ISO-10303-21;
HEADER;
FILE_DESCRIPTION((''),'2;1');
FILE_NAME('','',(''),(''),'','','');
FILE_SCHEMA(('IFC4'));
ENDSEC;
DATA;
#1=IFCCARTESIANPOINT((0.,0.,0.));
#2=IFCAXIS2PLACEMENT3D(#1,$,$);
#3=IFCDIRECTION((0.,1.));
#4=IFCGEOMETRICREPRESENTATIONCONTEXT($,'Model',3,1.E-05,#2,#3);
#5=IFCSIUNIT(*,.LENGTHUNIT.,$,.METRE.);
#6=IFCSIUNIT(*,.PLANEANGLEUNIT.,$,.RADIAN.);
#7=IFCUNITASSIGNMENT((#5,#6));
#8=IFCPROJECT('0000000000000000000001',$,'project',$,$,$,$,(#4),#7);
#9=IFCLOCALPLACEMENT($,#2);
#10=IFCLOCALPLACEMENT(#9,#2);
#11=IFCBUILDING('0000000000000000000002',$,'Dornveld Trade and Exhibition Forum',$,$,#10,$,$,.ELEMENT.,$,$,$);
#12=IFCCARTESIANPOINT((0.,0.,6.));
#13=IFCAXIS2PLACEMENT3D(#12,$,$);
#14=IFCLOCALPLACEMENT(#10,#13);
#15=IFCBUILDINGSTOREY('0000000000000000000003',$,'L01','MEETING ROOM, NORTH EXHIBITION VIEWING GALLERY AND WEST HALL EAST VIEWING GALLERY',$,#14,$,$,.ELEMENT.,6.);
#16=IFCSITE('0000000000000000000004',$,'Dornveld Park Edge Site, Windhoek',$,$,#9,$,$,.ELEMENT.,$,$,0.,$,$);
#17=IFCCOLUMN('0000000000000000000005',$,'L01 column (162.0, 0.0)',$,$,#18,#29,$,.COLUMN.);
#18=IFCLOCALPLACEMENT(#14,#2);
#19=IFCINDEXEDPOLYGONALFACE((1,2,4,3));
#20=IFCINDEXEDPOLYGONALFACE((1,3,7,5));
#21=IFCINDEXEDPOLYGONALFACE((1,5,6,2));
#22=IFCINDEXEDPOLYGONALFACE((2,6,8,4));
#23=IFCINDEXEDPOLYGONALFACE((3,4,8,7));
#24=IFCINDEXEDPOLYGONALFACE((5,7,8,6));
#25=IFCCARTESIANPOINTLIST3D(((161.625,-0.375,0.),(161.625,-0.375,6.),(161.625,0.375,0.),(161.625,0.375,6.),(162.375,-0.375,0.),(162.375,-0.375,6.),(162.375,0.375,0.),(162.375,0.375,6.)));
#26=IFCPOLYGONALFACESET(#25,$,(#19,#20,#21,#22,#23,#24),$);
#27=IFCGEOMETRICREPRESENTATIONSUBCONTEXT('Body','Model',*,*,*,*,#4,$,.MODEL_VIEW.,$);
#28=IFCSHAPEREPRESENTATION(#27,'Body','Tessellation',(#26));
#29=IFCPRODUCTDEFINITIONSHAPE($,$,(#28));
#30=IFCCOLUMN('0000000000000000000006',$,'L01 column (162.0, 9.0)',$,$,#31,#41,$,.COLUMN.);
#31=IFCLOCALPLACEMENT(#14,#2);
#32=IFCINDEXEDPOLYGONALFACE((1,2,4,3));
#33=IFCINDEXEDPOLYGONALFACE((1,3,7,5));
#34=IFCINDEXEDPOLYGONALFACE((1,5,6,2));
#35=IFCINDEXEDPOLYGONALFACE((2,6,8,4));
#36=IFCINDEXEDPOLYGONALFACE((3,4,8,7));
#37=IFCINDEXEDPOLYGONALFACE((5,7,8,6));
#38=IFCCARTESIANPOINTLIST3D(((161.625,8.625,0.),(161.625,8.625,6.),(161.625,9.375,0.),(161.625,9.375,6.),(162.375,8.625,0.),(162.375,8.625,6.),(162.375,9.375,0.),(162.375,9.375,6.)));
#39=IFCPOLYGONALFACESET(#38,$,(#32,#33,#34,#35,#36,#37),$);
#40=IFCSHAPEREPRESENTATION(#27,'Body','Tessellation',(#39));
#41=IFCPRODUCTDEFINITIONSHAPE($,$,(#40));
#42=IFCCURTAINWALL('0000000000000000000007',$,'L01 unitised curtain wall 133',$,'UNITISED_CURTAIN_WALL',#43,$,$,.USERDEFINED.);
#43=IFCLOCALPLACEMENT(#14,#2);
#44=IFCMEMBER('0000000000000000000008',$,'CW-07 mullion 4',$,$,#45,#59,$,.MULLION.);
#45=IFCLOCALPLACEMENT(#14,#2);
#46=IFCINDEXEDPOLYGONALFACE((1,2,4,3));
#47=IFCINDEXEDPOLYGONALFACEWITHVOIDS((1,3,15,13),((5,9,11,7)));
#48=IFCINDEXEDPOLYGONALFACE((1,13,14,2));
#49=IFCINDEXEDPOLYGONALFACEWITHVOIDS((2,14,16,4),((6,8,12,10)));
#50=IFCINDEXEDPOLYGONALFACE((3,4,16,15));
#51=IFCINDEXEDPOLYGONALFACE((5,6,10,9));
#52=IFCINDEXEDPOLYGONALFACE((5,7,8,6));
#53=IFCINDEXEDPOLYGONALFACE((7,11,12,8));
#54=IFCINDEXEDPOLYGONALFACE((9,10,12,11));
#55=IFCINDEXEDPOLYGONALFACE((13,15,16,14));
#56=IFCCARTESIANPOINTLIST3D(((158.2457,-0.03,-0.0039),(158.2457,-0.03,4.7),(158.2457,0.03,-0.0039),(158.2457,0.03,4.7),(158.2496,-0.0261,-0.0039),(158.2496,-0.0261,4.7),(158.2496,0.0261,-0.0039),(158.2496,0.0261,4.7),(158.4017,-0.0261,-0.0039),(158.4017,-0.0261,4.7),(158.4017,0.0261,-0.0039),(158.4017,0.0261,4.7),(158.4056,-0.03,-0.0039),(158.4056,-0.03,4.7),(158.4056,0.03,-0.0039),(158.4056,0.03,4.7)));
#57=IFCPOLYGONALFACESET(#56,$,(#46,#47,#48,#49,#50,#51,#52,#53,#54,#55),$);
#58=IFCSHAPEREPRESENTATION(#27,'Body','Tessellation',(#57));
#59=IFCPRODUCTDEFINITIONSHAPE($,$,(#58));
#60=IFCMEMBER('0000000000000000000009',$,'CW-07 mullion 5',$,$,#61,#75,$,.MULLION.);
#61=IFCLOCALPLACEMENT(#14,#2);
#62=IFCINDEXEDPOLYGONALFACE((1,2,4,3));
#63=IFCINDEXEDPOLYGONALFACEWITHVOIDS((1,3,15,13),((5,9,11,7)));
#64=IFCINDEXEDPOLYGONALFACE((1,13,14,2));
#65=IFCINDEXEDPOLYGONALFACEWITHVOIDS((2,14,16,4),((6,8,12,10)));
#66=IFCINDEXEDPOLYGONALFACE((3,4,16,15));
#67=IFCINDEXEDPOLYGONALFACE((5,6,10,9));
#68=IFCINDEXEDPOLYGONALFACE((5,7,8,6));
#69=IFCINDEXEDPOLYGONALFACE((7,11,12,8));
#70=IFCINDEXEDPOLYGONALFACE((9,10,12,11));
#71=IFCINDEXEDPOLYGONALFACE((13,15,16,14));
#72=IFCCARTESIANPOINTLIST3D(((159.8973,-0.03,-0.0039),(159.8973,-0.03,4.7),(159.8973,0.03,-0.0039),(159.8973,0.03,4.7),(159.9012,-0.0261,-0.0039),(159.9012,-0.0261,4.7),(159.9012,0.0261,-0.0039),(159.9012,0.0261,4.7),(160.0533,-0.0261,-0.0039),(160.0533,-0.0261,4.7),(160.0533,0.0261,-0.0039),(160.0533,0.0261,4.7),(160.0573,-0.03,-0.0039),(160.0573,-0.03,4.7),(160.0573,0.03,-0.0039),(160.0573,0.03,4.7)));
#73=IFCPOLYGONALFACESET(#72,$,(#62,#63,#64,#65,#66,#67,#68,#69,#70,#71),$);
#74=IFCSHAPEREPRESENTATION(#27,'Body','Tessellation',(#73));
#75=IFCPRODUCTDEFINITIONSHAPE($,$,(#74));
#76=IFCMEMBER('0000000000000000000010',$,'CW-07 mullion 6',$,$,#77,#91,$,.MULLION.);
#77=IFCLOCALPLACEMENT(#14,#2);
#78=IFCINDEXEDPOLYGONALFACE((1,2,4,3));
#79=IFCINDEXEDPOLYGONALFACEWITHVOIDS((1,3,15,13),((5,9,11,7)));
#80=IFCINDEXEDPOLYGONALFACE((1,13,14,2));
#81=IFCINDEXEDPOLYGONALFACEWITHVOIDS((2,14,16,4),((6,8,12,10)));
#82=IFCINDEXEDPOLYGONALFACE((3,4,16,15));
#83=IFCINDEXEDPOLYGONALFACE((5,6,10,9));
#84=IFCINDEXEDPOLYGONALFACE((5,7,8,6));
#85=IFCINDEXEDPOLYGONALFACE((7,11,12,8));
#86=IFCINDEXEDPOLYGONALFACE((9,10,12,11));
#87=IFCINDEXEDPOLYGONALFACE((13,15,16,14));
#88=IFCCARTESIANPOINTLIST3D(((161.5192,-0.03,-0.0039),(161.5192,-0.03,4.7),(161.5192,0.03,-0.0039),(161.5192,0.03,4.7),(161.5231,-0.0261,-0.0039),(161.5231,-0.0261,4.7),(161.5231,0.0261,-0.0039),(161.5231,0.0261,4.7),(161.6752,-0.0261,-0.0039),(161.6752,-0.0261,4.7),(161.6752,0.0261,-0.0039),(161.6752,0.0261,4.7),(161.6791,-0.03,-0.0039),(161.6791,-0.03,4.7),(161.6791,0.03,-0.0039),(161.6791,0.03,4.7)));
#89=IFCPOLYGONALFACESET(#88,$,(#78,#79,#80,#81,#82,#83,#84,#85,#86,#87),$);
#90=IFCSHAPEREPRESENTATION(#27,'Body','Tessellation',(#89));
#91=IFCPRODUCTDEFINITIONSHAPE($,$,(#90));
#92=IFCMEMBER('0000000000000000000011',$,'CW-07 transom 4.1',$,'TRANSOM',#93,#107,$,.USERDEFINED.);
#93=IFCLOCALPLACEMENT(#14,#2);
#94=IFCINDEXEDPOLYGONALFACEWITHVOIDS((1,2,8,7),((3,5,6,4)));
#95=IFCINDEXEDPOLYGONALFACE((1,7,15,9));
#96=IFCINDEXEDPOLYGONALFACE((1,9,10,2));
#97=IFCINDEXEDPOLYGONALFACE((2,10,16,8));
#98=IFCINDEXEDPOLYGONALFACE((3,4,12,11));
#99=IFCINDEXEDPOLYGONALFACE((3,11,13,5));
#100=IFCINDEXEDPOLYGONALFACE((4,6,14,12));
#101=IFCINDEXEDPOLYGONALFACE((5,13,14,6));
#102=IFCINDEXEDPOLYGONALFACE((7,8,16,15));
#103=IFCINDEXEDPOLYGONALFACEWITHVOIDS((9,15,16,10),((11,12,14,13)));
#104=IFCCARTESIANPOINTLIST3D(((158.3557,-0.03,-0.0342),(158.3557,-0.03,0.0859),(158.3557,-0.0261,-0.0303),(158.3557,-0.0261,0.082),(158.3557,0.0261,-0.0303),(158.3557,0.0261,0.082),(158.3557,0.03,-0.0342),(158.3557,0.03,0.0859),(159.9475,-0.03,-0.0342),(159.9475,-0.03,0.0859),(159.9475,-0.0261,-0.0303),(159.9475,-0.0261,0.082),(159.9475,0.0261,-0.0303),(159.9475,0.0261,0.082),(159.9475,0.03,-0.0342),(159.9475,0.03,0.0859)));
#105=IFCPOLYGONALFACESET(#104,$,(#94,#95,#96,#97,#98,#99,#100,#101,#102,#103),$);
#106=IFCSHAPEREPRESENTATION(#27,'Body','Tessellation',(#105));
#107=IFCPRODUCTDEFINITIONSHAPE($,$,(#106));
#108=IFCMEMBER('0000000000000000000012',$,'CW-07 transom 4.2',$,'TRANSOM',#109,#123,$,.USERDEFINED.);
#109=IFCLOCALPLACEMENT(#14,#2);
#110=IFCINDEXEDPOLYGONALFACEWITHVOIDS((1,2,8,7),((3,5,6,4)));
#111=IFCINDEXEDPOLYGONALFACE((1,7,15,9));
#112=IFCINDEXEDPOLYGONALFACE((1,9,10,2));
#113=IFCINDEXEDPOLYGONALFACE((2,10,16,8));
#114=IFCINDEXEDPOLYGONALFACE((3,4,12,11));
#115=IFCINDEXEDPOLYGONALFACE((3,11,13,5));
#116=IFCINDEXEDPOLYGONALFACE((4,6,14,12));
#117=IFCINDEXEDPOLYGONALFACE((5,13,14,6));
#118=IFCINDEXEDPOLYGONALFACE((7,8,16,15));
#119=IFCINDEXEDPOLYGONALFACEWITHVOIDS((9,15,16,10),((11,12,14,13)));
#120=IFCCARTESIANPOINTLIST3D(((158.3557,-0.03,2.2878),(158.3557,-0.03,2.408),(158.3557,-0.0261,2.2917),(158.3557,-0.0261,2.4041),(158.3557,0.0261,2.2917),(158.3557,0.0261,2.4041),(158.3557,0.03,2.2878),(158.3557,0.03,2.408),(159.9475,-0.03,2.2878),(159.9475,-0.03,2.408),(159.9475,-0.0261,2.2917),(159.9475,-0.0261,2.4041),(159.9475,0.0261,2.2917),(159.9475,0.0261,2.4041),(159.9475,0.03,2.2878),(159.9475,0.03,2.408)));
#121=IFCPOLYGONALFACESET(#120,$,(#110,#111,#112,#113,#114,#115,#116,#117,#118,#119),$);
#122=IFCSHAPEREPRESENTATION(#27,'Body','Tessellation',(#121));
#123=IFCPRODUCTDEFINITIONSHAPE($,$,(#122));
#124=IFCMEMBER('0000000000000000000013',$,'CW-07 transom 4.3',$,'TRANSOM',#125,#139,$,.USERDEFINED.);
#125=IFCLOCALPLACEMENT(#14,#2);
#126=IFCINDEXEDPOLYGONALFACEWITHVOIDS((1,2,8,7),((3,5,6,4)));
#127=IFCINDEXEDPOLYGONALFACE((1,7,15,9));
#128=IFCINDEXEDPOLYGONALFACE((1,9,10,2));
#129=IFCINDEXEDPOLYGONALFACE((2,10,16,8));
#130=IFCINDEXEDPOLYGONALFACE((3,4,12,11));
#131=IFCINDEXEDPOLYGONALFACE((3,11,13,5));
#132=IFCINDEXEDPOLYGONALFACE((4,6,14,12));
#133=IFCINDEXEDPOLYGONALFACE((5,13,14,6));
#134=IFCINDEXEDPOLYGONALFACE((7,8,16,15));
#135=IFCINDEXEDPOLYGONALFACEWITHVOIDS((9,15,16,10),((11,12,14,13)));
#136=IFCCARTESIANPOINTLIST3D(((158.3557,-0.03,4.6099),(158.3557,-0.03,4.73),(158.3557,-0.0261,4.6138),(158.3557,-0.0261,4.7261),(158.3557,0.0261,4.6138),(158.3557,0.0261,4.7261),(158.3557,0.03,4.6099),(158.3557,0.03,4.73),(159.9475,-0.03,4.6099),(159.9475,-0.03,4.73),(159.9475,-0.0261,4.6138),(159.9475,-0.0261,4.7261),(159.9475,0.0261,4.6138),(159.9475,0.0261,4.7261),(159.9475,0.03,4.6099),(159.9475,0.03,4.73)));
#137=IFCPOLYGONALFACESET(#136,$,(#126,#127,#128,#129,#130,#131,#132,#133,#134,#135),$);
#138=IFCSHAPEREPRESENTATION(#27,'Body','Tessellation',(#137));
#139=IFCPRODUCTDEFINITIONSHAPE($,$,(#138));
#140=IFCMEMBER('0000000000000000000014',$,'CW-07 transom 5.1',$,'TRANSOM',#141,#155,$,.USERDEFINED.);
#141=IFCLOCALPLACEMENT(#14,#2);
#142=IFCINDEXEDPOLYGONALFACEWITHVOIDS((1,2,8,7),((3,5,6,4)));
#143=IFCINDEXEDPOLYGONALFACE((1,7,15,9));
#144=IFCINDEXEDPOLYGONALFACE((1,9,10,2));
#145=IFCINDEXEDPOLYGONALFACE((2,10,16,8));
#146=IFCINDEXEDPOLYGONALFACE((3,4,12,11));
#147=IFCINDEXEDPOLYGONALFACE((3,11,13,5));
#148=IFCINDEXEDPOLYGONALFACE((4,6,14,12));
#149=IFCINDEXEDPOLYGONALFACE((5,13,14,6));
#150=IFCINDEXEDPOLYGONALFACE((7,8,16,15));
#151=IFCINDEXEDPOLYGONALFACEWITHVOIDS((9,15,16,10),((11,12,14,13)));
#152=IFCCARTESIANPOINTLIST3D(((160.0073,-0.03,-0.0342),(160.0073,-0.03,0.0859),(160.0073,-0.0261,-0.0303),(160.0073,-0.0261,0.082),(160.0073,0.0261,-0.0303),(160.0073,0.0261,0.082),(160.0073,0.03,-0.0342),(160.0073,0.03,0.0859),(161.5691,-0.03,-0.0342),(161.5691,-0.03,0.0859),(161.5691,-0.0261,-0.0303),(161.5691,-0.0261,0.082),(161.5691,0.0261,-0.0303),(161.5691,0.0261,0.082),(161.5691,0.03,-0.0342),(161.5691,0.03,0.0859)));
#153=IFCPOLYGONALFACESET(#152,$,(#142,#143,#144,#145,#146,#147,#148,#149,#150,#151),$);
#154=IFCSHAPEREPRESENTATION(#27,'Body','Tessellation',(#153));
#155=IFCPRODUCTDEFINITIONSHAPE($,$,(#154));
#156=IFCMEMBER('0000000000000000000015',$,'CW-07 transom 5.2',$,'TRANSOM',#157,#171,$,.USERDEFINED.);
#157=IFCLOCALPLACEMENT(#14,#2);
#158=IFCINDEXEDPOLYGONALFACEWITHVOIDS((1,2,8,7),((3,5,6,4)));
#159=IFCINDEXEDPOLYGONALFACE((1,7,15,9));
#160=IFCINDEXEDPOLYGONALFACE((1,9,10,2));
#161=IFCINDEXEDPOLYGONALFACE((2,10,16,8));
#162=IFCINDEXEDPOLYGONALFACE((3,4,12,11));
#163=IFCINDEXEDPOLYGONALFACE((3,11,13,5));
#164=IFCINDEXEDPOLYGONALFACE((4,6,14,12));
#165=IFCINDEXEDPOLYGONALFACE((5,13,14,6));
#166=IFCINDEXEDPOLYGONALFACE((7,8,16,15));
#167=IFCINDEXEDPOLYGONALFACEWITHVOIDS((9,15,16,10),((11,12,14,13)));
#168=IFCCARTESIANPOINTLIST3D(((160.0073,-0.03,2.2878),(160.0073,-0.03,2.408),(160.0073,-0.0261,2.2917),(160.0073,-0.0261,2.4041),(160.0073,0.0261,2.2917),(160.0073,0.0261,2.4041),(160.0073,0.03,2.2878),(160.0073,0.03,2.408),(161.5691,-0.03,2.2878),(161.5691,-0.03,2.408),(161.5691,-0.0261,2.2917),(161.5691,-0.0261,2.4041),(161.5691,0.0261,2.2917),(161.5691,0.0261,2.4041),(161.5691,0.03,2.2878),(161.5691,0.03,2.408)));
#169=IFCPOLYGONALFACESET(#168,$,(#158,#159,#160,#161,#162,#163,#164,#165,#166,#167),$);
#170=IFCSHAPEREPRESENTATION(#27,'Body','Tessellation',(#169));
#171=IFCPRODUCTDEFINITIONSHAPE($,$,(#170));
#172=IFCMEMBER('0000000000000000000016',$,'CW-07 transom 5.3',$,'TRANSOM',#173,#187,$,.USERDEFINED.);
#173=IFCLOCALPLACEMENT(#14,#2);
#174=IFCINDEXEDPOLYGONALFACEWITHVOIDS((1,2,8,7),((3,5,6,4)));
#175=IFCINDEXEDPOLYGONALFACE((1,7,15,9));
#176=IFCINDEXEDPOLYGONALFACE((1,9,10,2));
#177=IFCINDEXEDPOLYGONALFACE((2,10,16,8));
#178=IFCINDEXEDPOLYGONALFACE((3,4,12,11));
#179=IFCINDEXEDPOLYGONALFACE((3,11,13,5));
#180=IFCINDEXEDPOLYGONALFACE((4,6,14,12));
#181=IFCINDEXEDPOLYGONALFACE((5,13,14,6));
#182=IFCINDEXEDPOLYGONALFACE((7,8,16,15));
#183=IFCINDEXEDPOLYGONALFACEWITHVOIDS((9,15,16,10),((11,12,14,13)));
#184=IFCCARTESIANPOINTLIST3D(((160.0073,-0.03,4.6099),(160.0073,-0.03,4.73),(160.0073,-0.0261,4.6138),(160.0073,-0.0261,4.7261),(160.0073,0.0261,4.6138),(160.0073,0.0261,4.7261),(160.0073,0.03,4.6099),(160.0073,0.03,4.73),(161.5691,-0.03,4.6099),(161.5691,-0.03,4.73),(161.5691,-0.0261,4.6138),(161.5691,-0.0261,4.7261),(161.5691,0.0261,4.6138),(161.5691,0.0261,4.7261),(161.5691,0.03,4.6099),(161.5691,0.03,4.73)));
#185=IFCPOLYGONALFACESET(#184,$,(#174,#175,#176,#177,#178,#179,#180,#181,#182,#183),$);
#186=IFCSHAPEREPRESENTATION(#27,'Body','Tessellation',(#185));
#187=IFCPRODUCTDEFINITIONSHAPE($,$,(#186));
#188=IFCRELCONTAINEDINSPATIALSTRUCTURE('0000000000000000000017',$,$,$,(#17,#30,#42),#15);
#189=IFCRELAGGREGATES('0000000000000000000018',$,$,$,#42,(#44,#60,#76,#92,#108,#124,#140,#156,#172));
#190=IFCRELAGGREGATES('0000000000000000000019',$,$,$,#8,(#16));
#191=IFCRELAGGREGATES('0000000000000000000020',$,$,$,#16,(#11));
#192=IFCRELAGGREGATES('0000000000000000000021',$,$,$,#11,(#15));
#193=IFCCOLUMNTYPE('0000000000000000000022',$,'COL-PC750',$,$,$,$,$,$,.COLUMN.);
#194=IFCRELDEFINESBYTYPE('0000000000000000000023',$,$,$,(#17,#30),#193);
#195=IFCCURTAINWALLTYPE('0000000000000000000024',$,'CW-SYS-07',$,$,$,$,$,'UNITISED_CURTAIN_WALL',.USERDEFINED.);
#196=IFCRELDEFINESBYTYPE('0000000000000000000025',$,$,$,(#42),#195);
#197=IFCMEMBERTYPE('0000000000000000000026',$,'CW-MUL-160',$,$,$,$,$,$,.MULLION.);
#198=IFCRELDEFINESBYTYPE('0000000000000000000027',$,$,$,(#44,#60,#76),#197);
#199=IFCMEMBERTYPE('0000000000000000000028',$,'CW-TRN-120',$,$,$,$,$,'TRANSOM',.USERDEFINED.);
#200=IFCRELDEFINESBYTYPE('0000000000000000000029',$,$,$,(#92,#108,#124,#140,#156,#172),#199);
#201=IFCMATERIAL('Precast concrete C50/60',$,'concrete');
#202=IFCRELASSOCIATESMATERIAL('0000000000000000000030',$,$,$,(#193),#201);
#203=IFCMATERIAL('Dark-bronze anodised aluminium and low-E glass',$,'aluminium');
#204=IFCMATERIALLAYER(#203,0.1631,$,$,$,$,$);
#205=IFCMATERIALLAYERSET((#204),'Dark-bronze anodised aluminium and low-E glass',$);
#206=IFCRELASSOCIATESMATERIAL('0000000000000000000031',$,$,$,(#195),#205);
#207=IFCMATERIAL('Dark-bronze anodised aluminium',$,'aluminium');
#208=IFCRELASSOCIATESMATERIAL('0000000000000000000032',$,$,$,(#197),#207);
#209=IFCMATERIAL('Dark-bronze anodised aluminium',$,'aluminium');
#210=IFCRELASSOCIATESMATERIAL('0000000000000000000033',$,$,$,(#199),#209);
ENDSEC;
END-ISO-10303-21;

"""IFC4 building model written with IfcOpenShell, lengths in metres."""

from ifc_helpers import new_model, si_unit, direction, frame, origin, origin_2d, place, context, subcontext, project, spatial, rectangle, hollow_rectangle, extrude, material, layer, layer_set, material_profile, profile_set, type_object, element, aggregate, save


model = new_model("IFC4")

# Units and contexts
model_context = context("Model", 3, precision=1e-05, world=origin(), true_north=direction((0.0, 1.0)))
body_context = subcontext(model_context, "Body", "Model", "MODEL_VIEW")
ifc_project = project(units=[si_unit("LENGTHUNIT", "METRE"), si_unit("PLANEANGLEUNIT", "RADIAN")], contexts=[model_context])

# Site, building, storey
site_placement = place(None, origin())
site = spatial("IfcSite", under=ifc_project, at=site_placement, Name="Dornveld Park Edge Site, Windhoek", CompositionType="ELEMENT", RefElevation=0.0)
building_placement = place(site_placement, origin())
building = spatial("IfcBuilding", under=site, at=building_placement, Name="Dornveld Trade and Exhibition Forum", CompositionType="ELEMENT")
storey_placement = place(building_placement, frame((0.0, 0.0, 6.0)))
storey = spatial("IfcBuildingStorey", under=building, at=storey_placement, Name="L01", Description="MEETING ROOM, NORTH EXHIBITION VIEWING GALLERY AND WEST HALL EAST VIEWING GALLERY", CompositionType="ELEMENT", Elevation=6.0)

# Columns
ifc_material_1 = material(Name="Precast concrete C50/60", Category="concrete")
ifc_material_profile_1 = material_profile(ifc_material_1, rectangle(XDim=0.75, YDim=0.75, at=origin_2d()), Name="PC-COL 750x750")
ifc_profile_set_1 = profile_set([ifc_material_profile_1], Name="Precast concrete C50/60")
column_type = type_object("IfcColumnType", Name="COL-PC750", PredefinedType="COLUMN", material=ifc_profile_set_1)
for number, where, z_axis, x_axis, name in (
    (1, (162.0, 0.0, 0.0), (0.0, 0.0, 1.0), (1.0, 0.0, 0.0), "L01 column (162.0, 0.0)"),
    (2, (162.0, 9.0, 0.0), (0.0, 0.0, 1.0), (1.0, 0.0, 0.0), "L01 column (162.0, 9.0)"),
):
    element("IfcColumn", number, at=place(storey_placement, frame(where, z_axis=z_axis, x_axis=x_axis)), inside=storey, type_object=column_type, Name=name, PredefinedType="COLUMN", context=body_context, shape_type="SweptSolid", body=[
        extrude(rectangle(XDim=0.75, YDim=0.75, at=origin_2d()), origin(), (0.0, 0.0, 1.0), 6.0),
    ])

# Curtain wall, members
ifc_material_2 = material(Name="Dark-bronze anodised aluminium and low-E glass", Category="aluminium")
ifc_layer_1 = layer(ifc_material_2, 0.1631)
ifc_layer_set_1 = layer_set([ifc_layer_1], Name="Dark-bronze anodised aluminium and low-E glass")
curtain_wall_type = type_object("IfcCurtainWallType", Name="CW-SYS-07", ElementType="UNITISED_CURTAIN_WALL", PredefinedType="USERDEFINED", material=ifc_layer_set_1)
curtain_wall_placement = place(storey_placement, origin())
curtain_wall = element("IfcCurtainWall", 3, at=curtain_wall_placement, inside=storey, type_object=curtain_wall_type, Name="L01 unitised curtain wall 133", ObjectType="UNITISED_CURTAIN_WALL", PredefinedType="USERDEFINED")
ifc_material_3 = material(Name="Dark-bronze anodised aluminium", Category="aluminium")
ifc_material_profile_2 = material_profile(ifc_material_3, hollow_rectangle(XDim=0.0601, YDim=0.1599, WallThickness=0.0039, at=origin_2d()), Name="RHS 160x60x4")
ifc_profile_set_2 = profile_set([ifc_material_profile_2], Name="Dark-bronze anodised aluminium")
member_type_1 = type_object("IfcMemberType", Name="CW-MUL-160", PredefinedType="MULLION", material=ifc_profile_set_2)
member_1_placement = place(storey_placement, frame((158.3257, 0.0, -0.0039), z_axis=(0.0, 0.0, 1.0), x_axis=(0.0, 1.0, 0.0)))
member_1 = element("IfcMember", 4, at=member_1_placement, type_object=member_type_1, Name="CW-07 mullion 4", PredefinedType="MULLION", context=body_context, shape_type="SweptSolid", body=[
    extrude(hollow_rectangle(XDim=0.0601, YDim=0.1599, WallThickness=0.0039, at=origin_2d()), origin(), (0.0, 0.0, 1.0), 4.7039),
])
member_2_placement = place(storey_placement, frame((159.9773, 0.0, -0.0039), z_axis=(0.0, 0.0, 1.0), x_axis=(0.0, 1.0, 0.0)))
member_2 = element("IfcMember", 5, at=member_2_placement, type_object=member_type_1, Name="CW-07 mullion 5", PredefinedType="MULLION", context=body_context, shape_type="SweptSolid", body=[
    extrude(hollow_rectangle(XDim=0.0601, YDim=0.1599, WallThickness=0.0039, at=origin_2d()), origin(), (0.0, 0.0, 1.0), 4.7039),
])
member_3_placement = place(storey_placement, frame((161.5991, 0.0, -0.0039), z_axis=(0.0, 0.0, 1.0), x_axis=(0.0, 1.0, 0.0)))
member_3 = element("IfcMember", 6, at=member_3_placement, type_object=member_type_1, Name="CW-07 mullion 6", PredefinedType="MULLION", context=body_context, shape_type="SweptSolid", body=[
    extrude(hollow_rectangle(XDim=0.0601, YDim=0.1599, WallThickness=0.0039, at=origin_2d()), origin(), (0.0, 0.0, 1.0), 4.7039),
])
ifc_material_4 = material(Name="Dark-bronze anodised aluminium", Category="aluminium")
ifc_material_profile_3 = material_profile(ifc_material_4, hollow_rectangle(XDim=0.0601, YDim=0.1201, WallThickness=0.0039, at=origin_2d()), Name="RHS 120x60x4")
ifc_profile_set_3 = profile_set([ifc_material_profile_3], Name="Dark-bronze anodised aluminium")
member_type_2 = type_object("IfcMemberType", Name="CW-TRN-120", ElementType="TRANSOM", PredefinedType="USERDEFINED", material=ifc_profile_set_3)
member_4_placement = place(storey_placement, frame((158.3557, 0.0, 0.0259), z_axis=(1.0, 0.0, 0.0), x_axis=(0.0, 1.0, 0.0)))
member_4 = element("IfcMember", 7, at=member_4_placement, type_object=member_type_2, Name="CW-07 transom 4.1", ObjectType="TRANSOM", PredefinedType="USERDEFINED", context=body_context, shape_type="SweptSolid", body=[
    extrude(hollow_rectangle(XDim=0.0601, YDim=0.1201, WallThickness=0.0039, at=origin_2d()), origin(), (0.0, 0.0, 1.0), 1.5918),
])
member_5_placement = place(storey_placement, frame((158.3557, 0.0, 2.3479), z_axis=(1.0, 0.0, 0.0), x_axis=(0.0, 1.0, 0.0)))
member_5 = element("IfcMember", 8, at=member_5_placement, type_object=member_type_2, Name="CW-07 transom 4.2", ObjectType="TRANSOM", PredefinedType="USERDEFINED", context=body_context, shape_type="SweptSolid", body=[
    extrude(hollow_rectangle(XDim=0.0601, YDim=0.1201, WallThickness=0.0039, at=origin_2d()), origin(), (0.0, 0.0, 1.0), 1.5918),
])
member_6_placement = place(storey_placement, frame((158.3557, 0.0, 4.6699), z_axis=(1.0, 0.0, 0.0), x_axis=(0.0, 1.0, 0.0)))
member_6 = element("IfcMember", 9, at=member_6_placement, type_object=member_type_2, Name="CW-07 transom 4.3", ObjectType="TRANSOM", PredefinedType="USERDEFINED", context=body_context, shape_type="SweptSolid", body=[
    extrude(hollow_rectangle(XDim=0.0601, YDim=0.1201, WallThickness=0.0039, at=origin_2d()), origin(), (0.0, 0.0, 1.0), 1.5918),
])
member_7_placement = place(storey_placement, frame((160.0073, 0.0, 0.0259), z_axis=(1.0, 0.0, 0.0), x_axis=(0.0, 1.0, 0.0)))
member_7 = element("IfcMember", 10, at=member_7_placement, type_object=member_type_2, Name="CW-07 transom 5.1", ObjectType="TRANSOM", PredefinedType="USERDEFINED", context=body_context, shape_type="SweptSolid", body=[
    extrude(hollow_rectangle(XDim=0.0601, YDim=0.1201, WallThickness=0.0039, at=origin_2d()), origin(), (0.0, 0.0, 1.0), 1.5618),
])
member_8_placement = place(storey_placement, frame((160.0073, 0.0, 2.3479), z_axis=(1.0, 0.0, 0.0), x_axis=(0.0, 1.0, 0.0)))
member_8 = element("IfcMember", 11, at=member_8_placement, type_object=member_type_2, Name="CW-07 transom 5.2", ObjectType="TRANSOM", PredefinedType="USERDEFINED", context=body_context, shape_type="SweptSolid", body=[
    extrude(hollow_rectangle(XDim=0.0601, YDim=0.1201, WallThickness=0.0039, at=origin_2d()), origin(), (0.0, 0.0, 1.0), 1.5618),
])
member_9_placement = place(storey_placement, frame((160.0073, 0.0, 4.6699), z_axis=(1.0, 0.0, 0.0), x_axis=(0.0, 1.0, 0.0)))
member_9 = element("IfcMember", 12, at=member_9_placement, type_object=member_type_2, Name="CW-07 transom 5.3", ObjectType="TRANSOM", PredefinedType="USERDEFINED", context=body_context, shape_type="SweptSolid", body=[
    extrude(hollow_rectangle(XDim=0.0601, YDim=0.1201, WallThickness=0.0039, at=origin_2d()), origin(), (0.0, 0.0, 1.0), 1.5618),
])

aggregate(curtain_wall, [member_1, member_2, member_3, member_4, member_5, member_6, member_7, member_8, member_9])

save(model, "model.ifc")
